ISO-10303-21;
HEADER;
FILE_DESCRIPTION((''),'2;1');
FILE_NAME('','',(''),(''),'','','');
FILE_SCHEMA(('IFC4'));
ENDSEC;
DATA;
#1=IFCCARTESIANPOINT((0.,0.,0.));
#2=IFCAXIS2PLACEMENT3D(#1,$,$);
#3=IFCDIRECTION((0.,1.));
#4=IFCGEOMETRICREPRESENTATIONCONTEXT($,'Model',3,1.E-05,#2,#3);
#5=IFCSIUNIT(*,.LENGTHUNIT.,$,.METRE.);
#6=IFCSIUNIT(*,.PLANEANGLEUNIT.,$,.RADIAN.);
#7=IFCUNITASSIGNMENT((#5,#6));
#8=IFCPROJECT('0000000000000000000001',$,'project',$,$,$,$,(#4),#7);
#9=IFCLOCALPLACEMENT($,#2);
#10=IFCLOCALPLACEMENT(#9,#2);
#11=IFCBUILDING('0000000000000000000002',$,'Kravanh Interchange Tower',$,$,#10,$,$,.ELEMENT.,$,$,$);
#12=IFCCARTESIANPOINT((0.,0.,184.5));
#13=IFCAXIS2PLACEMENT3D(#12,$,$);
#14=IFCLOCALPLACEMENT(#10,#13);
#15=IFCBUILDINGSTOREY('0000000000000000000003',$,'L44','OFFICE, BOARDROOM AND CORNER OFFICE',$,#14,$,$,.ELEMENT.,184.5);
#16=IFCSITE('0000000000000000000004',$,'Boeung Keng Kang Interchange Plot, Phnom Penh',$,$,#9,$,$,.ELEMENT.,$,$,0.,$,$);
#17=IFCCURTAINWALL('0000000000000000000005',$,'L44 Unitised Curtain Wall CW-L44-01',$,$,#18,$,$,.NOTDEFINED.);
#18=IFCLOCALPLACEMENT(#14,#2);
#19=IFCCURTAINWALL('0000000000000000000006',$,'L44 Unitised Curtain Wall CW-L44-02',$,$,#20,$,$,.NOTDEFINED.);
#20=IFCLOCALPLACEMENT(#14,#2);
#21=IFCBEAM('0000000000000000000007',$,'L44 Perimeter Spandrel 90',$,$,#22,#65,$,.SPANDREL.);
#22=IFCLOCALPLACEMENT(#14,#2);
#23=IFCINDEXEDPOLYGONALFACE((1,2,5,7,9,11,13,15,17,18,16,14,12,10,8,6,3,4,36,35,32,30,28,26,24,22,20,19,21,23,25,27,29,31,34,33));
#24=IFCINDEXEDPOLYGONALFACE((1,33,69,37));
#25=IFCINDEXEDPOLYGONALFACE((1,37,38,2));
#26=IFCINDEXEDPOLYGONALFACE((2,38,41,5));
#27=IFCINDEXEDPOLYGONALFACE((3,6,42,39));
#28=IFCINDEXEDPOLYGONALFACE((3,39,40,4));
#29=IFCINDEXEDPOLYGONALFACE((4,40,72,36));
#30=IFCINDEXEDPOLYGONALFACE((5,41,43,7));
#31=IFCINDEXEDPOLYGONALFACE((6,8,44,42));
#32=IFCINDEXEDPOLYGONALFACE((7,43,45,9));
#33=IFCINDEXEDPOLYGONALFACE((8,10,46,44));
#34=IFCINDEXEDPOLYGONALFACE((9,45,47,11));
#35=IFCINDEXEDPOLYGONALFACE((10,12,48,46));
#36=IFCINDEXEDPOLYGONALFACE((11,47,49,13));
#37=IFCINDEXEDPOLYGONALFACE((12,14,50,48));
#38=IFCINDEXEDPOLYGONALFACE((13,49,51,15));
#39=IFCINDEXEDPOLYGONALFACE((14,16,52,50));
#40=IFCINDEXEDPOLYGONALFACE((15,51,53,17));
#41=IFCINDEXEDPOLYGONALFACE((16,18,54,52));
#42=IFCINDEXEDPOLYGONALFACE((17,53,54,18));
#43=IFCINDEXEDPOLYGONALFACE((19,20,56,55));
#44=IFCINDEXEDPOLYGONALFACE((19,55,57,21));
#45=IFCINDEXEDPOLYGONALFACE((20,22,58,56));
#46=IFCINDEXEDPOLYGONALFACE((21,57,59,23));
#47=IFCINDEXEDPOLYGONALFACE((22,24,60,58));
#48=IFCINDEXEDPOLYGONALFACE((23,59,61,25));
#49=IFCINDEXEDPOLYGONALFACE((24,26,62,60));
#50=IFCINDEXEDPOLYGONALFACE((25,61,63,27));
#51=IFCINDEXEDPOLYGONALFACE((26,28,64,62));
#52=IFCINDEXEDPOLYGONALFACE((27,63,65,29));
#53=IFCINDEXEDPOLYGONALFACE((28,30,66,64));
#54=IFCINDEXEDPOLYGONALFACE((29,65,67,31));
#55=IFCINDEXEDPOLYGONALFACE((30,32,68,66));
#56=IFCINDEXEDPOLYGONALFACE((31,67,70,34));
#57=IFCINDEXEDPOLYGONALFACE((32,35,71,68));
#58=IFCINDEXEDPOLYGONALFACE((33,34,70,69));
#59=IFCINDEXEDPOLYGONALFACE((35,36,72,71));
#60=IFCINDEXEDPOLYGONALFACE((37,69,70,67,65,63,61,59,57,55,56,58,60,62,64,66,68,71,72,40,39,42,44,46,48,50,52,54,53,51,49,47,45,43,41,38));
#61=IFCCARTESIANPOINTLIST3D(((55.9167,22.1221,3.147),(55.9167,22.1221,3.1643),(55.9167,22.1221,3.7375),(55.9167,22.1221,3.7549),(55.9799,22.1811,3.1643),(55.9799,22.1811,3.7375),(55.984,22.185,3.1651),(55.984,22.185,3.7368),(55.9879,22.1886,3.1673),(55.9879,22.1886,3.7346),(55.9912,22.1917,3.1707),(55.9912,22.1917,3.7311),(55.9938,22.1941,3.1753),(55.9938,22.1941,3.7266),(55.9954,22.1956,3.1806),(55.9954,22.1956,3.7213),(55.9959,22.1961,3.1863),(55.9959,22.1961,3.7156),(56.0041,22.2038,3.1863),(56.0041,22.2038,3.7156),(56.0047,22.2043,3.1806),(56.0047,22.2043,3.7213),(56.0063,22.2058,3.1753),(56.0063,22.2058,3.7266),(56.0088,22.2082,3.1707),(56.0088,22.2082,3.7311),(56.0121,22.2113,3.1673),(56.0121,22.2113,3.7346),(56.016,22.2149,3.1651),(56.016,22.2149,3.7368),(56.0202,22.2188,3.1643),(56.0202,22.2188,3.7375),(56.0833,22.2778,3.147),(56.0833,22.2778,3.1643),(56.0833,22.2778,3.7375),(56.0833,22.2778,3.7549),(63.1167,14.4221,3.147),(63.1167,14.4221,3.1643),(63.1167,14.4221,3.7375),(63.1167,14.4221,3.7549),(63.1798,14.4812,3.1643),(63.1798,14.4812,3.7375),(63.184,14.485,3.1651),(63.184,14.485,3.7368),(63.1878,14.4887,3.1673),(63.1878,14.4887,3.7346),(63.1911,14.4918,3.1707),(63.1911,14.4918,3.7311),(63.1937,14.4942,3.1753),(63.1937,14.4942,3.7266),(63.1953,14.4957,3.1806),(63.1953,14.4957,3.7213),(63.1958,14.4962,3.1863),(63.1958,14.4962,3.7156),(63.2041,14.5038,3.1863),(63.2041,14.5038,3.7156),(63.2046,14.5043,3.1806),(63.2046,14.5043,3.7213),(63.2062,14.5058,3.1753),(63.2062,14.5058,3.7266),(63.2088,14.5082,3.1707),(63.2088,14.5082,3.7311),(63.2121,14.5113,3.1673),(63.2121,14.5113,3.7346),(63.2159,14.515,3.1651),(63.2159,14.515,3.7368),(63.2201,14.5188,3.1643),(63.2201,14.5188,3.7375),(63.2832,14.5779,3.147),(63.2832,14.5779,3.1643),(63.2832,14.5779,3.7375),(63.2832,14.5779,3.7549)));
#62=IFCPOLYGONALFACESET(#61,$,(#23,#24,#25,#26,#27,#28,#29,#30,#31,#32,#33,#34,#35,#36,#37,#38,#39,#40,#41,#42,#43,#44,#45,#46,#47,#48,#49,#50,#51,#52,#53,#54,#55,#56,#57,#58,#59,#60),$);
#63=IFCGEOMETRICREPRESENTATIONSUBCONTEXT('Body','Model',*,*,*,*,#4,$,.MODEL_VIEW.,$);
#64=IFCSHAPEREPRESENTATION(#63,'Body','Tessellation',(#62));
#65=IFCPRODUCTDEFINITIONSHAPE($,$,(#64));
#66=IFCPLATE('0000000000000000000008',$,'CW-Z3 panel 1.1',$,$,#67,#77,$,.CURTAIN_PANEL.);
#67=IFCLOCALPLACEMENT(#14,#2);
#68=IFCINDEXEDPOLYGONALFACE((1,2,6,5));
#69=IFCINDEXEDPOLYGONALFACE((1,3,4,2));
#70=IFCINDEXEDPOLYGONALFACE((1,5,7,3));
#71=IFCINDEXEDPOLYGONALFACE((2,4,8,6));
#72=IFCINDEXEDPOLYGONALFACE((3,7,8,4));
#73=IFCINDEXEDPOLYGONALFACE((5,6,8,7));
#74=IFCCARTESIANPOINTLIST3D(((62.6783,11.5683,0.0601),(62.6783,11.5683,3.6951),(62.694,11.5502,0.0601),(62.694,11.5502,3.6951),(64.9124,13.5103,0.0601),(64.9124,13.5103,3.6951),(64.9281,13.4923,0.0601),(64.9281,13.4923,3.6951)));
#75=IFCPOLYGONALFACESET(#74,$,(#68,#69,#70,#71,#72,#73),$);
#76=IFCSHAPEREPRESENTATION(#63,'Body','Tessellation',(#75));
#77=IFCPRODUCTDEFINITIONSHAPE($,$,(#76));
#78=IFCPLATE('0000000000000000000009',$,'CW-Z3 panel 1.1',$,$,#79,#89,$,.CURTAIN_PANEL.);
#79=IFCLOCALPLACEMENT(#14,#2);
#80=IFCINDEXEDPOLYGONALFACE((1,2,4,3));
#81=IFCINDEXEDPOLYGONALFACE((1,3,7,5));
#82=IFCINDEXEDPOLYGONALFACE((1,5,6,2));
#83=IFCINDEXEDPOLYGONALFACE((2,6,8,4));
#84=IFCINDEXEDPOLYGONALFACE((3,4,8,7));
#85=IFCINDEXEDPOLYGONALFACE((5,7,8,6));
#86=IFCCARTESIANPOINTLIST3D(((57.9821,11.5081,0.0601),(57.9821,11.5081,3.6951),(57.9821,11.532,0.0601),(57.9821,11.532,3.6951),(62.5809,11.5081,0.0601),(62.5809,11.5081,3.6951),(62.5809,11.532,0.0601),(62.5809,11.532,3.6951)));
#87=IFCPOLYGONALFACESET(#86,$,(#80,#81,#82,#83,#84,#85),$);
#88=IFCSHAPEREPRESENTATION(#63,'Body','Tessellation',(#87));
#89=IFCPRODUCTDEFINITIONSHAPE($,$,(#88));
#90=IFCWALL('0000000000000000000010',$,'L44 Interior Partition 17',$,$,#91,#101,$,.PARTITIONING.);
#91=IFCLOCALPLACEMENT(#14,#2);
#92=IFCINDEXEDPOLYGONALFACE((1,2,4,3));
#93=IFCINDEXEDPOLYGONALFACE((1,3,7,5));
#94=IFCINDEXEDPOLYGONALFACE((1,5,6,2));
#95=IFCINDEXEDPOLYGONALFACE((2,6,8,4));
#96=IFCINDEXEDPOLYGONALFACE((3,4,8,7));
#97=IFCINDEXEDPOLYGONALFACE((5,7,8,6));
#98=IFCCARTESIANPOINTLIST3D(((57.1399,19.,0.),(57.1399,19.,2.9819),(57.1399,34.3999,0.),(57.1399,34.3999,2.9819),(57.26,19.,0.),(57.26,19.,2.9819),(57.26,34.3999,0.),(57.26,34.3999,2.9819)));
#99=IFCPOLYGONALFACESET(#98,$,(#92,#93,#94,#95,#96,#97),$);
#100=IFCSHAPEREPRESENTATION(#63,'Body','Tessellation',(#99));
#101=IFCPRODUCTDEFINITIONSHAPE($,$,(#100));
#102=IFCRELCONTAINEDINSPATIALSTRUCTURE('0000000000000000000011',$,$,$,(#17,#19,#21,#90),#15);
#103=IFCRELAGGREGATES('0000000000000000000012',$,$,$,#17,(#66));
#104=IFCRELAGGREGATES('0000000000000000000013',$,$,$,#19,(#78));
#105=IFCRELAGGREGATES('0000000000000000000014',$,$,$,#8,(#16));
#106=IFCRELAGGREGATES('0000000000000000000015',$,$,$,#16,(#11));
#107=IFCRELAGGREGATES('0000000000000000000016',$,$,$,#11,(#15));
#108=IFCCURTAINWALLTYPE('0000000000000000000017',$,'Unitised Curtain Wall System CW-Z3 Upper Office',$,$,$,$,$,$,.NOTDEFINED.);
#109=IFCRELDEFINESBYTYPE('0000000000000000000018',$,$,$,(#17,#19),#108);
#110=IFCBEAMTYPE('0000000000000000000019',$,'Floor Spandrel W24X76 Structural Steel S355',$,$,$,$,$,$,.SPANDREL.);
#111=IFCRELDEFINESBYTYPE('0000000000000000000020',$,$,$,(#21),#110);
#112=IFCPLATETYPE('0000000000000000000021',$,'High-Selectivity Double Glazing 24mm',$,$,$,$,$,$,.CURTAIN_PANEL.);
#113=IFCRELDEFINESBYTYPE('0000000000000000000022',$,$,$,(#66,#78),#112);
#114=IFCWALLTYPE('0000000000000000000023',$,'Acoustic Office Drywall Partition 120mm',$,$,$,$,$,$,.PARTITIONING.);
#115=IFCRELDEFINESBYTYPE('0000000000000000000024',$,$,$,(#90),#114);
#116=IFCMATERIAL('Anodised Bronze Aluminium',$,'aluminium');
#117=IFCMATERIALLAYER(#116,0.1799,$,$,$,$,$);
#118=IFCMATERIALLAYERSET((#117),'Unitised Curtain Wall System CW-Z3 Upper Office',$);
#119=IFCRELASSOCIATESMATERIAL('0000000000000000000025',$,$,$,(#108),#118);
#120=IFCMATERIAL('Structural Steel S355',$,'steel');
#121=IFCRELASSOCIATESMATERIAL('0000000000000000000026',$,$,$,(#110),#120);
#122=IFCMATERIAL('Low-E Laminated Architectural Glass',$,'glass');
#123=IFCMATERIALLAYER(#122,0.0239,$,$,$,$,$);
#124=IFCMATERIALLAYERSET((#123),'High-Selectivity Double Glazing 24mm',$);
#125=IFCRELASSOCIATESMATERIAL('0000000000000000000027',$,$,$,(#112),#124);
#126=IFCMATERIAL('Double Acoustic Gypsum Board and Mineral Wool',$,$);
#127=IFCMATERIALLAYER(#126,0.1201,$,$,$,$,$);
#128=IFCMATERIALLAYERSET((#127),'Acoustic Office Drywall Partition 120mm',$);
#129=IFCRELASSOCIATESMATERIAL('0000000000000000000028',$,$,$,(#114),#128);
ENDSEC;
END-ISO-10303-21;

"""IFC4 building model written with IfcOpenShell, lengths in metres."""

from ifc_helpers import new_model, si_unit, direction, frame, frame_2d, origin, origin_2d, place, context, subcontext, project, spatial, rectangle, i_section, extrude, material, layer, layer_set, material_profile, profile_set, type_object, element, aggregate, save


model = new_model("IFC4")

# Units and contexts
model_context = context("Model", 3, precision=1e-05, world=origin(), true_north=direction((0.0, 1.0)))
body_context = subcontext(model_context, "Body", "Model", "MODEL_VIEW")
ifc_project = project(units=[si_unit("LENGTHUNIT", "METRE"), si_unit("PLANEANGLEUNIT", "RADIAN")], contexts=[model_context])

# Site, building, storey
site_placement = place(None, origin())
site = spatial("IfcSite", under=ifc_project, at=site_placement, Name="Boeung Keng Kang Interchange Plot, Phnom Penh", CompositionType="ELEMENT", RefElevation=0.0)
building_placement = place(site_placement, origin())
building = spatial("IfcBuilding", under=site, at=building_placement, Name="Kravanh Interchange Tower", CompositionType="ELEMENT")
storey_placement = place(building_placement, frame((0.0, 0.0, 184.5)))
storey = spatial("IfcBuildingStorey", under=building, at=storey_placement, Name="L44", Description="OFFICE, BOARDROOM AND CORNER OFFICE", CompositionType="ELEMENT", Elevation=184.5)

# Curtain walls
ifc_material_1 = material(Name="Anodised Bronze Aluminium", Category="aluminium")
ifc_layer_1 = layer(ifc_material_1, 0.1799)
ifc_layer_set_1 = layer_set([ifc_layer_1], Name="Unitised Curtain Wall System CW-Z3 Upper Office")
curtain_wall_type = type_object("IfcCurtainWallType", Name="Unitised Curtain Wall System CW-Z3 Upper Office", PredefinedType="NOTDEFINED", material=ifc_layer_set_1)
curtain_wall_1_placement = place(storey_placement, origin())
curtain_wall_1 = element("IfcCurtainWall", 1, at=curtain_wall_1_placement, inside=storey, type_object=curtain_wall_type, Name="L44 Unitised Curtain Wall CW-L44-01", PredefinedType="NOTDEFINED")
curtain_wall_2_placement = place(storey_placement, origin())
curtain_wall_2 = element("IfcCurtainWall", 2, at=curtain_wall_2_placement, inside=storey, type_object=curtain_wall_type, Name="L44 Unitised Curtain Wall CW-L44-02", PredefinedType="NOTDEFINED")

# Beam
ifc_material_2 = material(Name="Structural Steel S355", Category="steel")
ifc_material_profile_1 = material_profile(ifc_material_2, i_section(OverallWidth=0.228, OverallDepth=0.6079, WebThickness=0.0112, FlangeThickness=0.0173, FilletRadius=0.022, at=origin_2d()), Name="W24X76")
ifc_profile_set_1 = profile_set([ifc_material_profile_1], Name="Structural Steel S355")
beam_type_1 = type_object("IfcBeamType", Name="Floor Spandrel W24X76 Structural Steel S355", PredefinedType="SPANDREL", material=ifc_profile_set_1)
beam_1_placement = place(storey_placement, frame((63.2, 14.5, 3.4509), z_axis=(-0.682994, 0.730424, 0.0), x_axis=(-0.730424, -0.682994, 0.0)))
element("IfcBeam", 3, at=beam_1_placement, inside=storey, type_object=beam_type_1, Name="L44 Perimeter Spandrel 90", PredefinedType="SPANDREL", context=body_context, shape_type="SweptSolid", body=[
    extrude(i_section(OverallWidth=0.228, OverallDepth=0.6079, WebThickness=0.0112, FlangeThickness=0.0173, FilletRadius=0.022, at=origin_2d()), origin(), (0.0, 0.0, 1.0), 10.5417),
])

# Plates
ifc_material_3 = material(Name="Low-E Laminated Architectural Glass", Category="glass")
ifc_layer_2 = layer(ifc_material_3, 0.0239)
ifc_layer_set_2 = layer_set([ifc_layer_2], Name="High-Selectivity Double Glazing 24mm")
plate_type = type_object("IfcPlateType", Name="High-Selectivity Double Glazing 24mm", PredefinedType="CURTAIN_PANEL", material=ifc_layer_set_2)
plate_1_placement = place(storey_placement, frame((63.8032, 12.5303, 0.0601), z_axis=(0.0, 0.0, 1.0), x_axis=(-0.754717, -0.656051, 0.0)))
plate_1 = element("IfcPlate", 4, at=plate_1_placement, type_object=plate_type, Name="CW-Z3 panel 1.1", PredefinedType="CURTAIN_PANEL", context=body_context, shape_type="SweptSolid", body=[
    extrude(rectangle(XDim=2.9602, YDim=0.0239, at=origin_2d()), origin(), (0.0, 0.0, 1.0), 3.635),
])
aggregate(curtain_wall_1, [plate_1])
plate_2_placement = place(storey_placement, frame((60.2815, 11.52, 0.0601), z_axis=(0.0, 0.0, 1.0), x_axis=(-1.0, 0.0, 0.0)))
plate_2 = element("IfcPlate", 5, at=plate_2_placement, type_object=plate_type, Name="CW-Z3 panel 1.1", PredefinedType="CURTAIN_PANEL", context=body_context, shape_type="SweptSolid", body=[
    extrude(rectangle(XDim=4.5989, YDim=0.0239, at=origin_2d()), origin(), (0.0, 0.0, 1.0), 3.635),
])
aggregate(curtain_wall_2, [plate_2])

# Wall
ifc_material_4 = material(Name="Double Acoustic Gypsum Board and Mineral Wool")
ifc_layer_3 = layer(ifc_material_4, 0.1201)
ifc_layer_set_3 = layer_set([ifc_layer_3], Name="Acoustic Office Drywall Partition 120mm")
wall_type = type_object("IfcWallType", Name="Acoustic Office Drywall Partition 120mm", PredefinedType="PARTITIONING", material=ifc_layer_set_3)
wall_placement = place(storey_placement, frame((57.2, 19.0, 0.0), z_axis=(0.0, 0.0, 1.0), x_axis=(0.0, 1.0, 0.0)))
element("IfcWall", 6, at=wall_placement, inside=storey, type_object=wall_type, Name="L44 Interior Partition 17", PredefinedType="PARTITIONING", context=body_context, shape_type="SweptSolid", body=[
    extrude(rectangle(XDim=15.3999, YDim=0.1201, at=frame_2d((7.7, 0.0))), origin(), (0.0, 0.0, 1.0), 2.9819),
])

save(model, "model.ifc")
